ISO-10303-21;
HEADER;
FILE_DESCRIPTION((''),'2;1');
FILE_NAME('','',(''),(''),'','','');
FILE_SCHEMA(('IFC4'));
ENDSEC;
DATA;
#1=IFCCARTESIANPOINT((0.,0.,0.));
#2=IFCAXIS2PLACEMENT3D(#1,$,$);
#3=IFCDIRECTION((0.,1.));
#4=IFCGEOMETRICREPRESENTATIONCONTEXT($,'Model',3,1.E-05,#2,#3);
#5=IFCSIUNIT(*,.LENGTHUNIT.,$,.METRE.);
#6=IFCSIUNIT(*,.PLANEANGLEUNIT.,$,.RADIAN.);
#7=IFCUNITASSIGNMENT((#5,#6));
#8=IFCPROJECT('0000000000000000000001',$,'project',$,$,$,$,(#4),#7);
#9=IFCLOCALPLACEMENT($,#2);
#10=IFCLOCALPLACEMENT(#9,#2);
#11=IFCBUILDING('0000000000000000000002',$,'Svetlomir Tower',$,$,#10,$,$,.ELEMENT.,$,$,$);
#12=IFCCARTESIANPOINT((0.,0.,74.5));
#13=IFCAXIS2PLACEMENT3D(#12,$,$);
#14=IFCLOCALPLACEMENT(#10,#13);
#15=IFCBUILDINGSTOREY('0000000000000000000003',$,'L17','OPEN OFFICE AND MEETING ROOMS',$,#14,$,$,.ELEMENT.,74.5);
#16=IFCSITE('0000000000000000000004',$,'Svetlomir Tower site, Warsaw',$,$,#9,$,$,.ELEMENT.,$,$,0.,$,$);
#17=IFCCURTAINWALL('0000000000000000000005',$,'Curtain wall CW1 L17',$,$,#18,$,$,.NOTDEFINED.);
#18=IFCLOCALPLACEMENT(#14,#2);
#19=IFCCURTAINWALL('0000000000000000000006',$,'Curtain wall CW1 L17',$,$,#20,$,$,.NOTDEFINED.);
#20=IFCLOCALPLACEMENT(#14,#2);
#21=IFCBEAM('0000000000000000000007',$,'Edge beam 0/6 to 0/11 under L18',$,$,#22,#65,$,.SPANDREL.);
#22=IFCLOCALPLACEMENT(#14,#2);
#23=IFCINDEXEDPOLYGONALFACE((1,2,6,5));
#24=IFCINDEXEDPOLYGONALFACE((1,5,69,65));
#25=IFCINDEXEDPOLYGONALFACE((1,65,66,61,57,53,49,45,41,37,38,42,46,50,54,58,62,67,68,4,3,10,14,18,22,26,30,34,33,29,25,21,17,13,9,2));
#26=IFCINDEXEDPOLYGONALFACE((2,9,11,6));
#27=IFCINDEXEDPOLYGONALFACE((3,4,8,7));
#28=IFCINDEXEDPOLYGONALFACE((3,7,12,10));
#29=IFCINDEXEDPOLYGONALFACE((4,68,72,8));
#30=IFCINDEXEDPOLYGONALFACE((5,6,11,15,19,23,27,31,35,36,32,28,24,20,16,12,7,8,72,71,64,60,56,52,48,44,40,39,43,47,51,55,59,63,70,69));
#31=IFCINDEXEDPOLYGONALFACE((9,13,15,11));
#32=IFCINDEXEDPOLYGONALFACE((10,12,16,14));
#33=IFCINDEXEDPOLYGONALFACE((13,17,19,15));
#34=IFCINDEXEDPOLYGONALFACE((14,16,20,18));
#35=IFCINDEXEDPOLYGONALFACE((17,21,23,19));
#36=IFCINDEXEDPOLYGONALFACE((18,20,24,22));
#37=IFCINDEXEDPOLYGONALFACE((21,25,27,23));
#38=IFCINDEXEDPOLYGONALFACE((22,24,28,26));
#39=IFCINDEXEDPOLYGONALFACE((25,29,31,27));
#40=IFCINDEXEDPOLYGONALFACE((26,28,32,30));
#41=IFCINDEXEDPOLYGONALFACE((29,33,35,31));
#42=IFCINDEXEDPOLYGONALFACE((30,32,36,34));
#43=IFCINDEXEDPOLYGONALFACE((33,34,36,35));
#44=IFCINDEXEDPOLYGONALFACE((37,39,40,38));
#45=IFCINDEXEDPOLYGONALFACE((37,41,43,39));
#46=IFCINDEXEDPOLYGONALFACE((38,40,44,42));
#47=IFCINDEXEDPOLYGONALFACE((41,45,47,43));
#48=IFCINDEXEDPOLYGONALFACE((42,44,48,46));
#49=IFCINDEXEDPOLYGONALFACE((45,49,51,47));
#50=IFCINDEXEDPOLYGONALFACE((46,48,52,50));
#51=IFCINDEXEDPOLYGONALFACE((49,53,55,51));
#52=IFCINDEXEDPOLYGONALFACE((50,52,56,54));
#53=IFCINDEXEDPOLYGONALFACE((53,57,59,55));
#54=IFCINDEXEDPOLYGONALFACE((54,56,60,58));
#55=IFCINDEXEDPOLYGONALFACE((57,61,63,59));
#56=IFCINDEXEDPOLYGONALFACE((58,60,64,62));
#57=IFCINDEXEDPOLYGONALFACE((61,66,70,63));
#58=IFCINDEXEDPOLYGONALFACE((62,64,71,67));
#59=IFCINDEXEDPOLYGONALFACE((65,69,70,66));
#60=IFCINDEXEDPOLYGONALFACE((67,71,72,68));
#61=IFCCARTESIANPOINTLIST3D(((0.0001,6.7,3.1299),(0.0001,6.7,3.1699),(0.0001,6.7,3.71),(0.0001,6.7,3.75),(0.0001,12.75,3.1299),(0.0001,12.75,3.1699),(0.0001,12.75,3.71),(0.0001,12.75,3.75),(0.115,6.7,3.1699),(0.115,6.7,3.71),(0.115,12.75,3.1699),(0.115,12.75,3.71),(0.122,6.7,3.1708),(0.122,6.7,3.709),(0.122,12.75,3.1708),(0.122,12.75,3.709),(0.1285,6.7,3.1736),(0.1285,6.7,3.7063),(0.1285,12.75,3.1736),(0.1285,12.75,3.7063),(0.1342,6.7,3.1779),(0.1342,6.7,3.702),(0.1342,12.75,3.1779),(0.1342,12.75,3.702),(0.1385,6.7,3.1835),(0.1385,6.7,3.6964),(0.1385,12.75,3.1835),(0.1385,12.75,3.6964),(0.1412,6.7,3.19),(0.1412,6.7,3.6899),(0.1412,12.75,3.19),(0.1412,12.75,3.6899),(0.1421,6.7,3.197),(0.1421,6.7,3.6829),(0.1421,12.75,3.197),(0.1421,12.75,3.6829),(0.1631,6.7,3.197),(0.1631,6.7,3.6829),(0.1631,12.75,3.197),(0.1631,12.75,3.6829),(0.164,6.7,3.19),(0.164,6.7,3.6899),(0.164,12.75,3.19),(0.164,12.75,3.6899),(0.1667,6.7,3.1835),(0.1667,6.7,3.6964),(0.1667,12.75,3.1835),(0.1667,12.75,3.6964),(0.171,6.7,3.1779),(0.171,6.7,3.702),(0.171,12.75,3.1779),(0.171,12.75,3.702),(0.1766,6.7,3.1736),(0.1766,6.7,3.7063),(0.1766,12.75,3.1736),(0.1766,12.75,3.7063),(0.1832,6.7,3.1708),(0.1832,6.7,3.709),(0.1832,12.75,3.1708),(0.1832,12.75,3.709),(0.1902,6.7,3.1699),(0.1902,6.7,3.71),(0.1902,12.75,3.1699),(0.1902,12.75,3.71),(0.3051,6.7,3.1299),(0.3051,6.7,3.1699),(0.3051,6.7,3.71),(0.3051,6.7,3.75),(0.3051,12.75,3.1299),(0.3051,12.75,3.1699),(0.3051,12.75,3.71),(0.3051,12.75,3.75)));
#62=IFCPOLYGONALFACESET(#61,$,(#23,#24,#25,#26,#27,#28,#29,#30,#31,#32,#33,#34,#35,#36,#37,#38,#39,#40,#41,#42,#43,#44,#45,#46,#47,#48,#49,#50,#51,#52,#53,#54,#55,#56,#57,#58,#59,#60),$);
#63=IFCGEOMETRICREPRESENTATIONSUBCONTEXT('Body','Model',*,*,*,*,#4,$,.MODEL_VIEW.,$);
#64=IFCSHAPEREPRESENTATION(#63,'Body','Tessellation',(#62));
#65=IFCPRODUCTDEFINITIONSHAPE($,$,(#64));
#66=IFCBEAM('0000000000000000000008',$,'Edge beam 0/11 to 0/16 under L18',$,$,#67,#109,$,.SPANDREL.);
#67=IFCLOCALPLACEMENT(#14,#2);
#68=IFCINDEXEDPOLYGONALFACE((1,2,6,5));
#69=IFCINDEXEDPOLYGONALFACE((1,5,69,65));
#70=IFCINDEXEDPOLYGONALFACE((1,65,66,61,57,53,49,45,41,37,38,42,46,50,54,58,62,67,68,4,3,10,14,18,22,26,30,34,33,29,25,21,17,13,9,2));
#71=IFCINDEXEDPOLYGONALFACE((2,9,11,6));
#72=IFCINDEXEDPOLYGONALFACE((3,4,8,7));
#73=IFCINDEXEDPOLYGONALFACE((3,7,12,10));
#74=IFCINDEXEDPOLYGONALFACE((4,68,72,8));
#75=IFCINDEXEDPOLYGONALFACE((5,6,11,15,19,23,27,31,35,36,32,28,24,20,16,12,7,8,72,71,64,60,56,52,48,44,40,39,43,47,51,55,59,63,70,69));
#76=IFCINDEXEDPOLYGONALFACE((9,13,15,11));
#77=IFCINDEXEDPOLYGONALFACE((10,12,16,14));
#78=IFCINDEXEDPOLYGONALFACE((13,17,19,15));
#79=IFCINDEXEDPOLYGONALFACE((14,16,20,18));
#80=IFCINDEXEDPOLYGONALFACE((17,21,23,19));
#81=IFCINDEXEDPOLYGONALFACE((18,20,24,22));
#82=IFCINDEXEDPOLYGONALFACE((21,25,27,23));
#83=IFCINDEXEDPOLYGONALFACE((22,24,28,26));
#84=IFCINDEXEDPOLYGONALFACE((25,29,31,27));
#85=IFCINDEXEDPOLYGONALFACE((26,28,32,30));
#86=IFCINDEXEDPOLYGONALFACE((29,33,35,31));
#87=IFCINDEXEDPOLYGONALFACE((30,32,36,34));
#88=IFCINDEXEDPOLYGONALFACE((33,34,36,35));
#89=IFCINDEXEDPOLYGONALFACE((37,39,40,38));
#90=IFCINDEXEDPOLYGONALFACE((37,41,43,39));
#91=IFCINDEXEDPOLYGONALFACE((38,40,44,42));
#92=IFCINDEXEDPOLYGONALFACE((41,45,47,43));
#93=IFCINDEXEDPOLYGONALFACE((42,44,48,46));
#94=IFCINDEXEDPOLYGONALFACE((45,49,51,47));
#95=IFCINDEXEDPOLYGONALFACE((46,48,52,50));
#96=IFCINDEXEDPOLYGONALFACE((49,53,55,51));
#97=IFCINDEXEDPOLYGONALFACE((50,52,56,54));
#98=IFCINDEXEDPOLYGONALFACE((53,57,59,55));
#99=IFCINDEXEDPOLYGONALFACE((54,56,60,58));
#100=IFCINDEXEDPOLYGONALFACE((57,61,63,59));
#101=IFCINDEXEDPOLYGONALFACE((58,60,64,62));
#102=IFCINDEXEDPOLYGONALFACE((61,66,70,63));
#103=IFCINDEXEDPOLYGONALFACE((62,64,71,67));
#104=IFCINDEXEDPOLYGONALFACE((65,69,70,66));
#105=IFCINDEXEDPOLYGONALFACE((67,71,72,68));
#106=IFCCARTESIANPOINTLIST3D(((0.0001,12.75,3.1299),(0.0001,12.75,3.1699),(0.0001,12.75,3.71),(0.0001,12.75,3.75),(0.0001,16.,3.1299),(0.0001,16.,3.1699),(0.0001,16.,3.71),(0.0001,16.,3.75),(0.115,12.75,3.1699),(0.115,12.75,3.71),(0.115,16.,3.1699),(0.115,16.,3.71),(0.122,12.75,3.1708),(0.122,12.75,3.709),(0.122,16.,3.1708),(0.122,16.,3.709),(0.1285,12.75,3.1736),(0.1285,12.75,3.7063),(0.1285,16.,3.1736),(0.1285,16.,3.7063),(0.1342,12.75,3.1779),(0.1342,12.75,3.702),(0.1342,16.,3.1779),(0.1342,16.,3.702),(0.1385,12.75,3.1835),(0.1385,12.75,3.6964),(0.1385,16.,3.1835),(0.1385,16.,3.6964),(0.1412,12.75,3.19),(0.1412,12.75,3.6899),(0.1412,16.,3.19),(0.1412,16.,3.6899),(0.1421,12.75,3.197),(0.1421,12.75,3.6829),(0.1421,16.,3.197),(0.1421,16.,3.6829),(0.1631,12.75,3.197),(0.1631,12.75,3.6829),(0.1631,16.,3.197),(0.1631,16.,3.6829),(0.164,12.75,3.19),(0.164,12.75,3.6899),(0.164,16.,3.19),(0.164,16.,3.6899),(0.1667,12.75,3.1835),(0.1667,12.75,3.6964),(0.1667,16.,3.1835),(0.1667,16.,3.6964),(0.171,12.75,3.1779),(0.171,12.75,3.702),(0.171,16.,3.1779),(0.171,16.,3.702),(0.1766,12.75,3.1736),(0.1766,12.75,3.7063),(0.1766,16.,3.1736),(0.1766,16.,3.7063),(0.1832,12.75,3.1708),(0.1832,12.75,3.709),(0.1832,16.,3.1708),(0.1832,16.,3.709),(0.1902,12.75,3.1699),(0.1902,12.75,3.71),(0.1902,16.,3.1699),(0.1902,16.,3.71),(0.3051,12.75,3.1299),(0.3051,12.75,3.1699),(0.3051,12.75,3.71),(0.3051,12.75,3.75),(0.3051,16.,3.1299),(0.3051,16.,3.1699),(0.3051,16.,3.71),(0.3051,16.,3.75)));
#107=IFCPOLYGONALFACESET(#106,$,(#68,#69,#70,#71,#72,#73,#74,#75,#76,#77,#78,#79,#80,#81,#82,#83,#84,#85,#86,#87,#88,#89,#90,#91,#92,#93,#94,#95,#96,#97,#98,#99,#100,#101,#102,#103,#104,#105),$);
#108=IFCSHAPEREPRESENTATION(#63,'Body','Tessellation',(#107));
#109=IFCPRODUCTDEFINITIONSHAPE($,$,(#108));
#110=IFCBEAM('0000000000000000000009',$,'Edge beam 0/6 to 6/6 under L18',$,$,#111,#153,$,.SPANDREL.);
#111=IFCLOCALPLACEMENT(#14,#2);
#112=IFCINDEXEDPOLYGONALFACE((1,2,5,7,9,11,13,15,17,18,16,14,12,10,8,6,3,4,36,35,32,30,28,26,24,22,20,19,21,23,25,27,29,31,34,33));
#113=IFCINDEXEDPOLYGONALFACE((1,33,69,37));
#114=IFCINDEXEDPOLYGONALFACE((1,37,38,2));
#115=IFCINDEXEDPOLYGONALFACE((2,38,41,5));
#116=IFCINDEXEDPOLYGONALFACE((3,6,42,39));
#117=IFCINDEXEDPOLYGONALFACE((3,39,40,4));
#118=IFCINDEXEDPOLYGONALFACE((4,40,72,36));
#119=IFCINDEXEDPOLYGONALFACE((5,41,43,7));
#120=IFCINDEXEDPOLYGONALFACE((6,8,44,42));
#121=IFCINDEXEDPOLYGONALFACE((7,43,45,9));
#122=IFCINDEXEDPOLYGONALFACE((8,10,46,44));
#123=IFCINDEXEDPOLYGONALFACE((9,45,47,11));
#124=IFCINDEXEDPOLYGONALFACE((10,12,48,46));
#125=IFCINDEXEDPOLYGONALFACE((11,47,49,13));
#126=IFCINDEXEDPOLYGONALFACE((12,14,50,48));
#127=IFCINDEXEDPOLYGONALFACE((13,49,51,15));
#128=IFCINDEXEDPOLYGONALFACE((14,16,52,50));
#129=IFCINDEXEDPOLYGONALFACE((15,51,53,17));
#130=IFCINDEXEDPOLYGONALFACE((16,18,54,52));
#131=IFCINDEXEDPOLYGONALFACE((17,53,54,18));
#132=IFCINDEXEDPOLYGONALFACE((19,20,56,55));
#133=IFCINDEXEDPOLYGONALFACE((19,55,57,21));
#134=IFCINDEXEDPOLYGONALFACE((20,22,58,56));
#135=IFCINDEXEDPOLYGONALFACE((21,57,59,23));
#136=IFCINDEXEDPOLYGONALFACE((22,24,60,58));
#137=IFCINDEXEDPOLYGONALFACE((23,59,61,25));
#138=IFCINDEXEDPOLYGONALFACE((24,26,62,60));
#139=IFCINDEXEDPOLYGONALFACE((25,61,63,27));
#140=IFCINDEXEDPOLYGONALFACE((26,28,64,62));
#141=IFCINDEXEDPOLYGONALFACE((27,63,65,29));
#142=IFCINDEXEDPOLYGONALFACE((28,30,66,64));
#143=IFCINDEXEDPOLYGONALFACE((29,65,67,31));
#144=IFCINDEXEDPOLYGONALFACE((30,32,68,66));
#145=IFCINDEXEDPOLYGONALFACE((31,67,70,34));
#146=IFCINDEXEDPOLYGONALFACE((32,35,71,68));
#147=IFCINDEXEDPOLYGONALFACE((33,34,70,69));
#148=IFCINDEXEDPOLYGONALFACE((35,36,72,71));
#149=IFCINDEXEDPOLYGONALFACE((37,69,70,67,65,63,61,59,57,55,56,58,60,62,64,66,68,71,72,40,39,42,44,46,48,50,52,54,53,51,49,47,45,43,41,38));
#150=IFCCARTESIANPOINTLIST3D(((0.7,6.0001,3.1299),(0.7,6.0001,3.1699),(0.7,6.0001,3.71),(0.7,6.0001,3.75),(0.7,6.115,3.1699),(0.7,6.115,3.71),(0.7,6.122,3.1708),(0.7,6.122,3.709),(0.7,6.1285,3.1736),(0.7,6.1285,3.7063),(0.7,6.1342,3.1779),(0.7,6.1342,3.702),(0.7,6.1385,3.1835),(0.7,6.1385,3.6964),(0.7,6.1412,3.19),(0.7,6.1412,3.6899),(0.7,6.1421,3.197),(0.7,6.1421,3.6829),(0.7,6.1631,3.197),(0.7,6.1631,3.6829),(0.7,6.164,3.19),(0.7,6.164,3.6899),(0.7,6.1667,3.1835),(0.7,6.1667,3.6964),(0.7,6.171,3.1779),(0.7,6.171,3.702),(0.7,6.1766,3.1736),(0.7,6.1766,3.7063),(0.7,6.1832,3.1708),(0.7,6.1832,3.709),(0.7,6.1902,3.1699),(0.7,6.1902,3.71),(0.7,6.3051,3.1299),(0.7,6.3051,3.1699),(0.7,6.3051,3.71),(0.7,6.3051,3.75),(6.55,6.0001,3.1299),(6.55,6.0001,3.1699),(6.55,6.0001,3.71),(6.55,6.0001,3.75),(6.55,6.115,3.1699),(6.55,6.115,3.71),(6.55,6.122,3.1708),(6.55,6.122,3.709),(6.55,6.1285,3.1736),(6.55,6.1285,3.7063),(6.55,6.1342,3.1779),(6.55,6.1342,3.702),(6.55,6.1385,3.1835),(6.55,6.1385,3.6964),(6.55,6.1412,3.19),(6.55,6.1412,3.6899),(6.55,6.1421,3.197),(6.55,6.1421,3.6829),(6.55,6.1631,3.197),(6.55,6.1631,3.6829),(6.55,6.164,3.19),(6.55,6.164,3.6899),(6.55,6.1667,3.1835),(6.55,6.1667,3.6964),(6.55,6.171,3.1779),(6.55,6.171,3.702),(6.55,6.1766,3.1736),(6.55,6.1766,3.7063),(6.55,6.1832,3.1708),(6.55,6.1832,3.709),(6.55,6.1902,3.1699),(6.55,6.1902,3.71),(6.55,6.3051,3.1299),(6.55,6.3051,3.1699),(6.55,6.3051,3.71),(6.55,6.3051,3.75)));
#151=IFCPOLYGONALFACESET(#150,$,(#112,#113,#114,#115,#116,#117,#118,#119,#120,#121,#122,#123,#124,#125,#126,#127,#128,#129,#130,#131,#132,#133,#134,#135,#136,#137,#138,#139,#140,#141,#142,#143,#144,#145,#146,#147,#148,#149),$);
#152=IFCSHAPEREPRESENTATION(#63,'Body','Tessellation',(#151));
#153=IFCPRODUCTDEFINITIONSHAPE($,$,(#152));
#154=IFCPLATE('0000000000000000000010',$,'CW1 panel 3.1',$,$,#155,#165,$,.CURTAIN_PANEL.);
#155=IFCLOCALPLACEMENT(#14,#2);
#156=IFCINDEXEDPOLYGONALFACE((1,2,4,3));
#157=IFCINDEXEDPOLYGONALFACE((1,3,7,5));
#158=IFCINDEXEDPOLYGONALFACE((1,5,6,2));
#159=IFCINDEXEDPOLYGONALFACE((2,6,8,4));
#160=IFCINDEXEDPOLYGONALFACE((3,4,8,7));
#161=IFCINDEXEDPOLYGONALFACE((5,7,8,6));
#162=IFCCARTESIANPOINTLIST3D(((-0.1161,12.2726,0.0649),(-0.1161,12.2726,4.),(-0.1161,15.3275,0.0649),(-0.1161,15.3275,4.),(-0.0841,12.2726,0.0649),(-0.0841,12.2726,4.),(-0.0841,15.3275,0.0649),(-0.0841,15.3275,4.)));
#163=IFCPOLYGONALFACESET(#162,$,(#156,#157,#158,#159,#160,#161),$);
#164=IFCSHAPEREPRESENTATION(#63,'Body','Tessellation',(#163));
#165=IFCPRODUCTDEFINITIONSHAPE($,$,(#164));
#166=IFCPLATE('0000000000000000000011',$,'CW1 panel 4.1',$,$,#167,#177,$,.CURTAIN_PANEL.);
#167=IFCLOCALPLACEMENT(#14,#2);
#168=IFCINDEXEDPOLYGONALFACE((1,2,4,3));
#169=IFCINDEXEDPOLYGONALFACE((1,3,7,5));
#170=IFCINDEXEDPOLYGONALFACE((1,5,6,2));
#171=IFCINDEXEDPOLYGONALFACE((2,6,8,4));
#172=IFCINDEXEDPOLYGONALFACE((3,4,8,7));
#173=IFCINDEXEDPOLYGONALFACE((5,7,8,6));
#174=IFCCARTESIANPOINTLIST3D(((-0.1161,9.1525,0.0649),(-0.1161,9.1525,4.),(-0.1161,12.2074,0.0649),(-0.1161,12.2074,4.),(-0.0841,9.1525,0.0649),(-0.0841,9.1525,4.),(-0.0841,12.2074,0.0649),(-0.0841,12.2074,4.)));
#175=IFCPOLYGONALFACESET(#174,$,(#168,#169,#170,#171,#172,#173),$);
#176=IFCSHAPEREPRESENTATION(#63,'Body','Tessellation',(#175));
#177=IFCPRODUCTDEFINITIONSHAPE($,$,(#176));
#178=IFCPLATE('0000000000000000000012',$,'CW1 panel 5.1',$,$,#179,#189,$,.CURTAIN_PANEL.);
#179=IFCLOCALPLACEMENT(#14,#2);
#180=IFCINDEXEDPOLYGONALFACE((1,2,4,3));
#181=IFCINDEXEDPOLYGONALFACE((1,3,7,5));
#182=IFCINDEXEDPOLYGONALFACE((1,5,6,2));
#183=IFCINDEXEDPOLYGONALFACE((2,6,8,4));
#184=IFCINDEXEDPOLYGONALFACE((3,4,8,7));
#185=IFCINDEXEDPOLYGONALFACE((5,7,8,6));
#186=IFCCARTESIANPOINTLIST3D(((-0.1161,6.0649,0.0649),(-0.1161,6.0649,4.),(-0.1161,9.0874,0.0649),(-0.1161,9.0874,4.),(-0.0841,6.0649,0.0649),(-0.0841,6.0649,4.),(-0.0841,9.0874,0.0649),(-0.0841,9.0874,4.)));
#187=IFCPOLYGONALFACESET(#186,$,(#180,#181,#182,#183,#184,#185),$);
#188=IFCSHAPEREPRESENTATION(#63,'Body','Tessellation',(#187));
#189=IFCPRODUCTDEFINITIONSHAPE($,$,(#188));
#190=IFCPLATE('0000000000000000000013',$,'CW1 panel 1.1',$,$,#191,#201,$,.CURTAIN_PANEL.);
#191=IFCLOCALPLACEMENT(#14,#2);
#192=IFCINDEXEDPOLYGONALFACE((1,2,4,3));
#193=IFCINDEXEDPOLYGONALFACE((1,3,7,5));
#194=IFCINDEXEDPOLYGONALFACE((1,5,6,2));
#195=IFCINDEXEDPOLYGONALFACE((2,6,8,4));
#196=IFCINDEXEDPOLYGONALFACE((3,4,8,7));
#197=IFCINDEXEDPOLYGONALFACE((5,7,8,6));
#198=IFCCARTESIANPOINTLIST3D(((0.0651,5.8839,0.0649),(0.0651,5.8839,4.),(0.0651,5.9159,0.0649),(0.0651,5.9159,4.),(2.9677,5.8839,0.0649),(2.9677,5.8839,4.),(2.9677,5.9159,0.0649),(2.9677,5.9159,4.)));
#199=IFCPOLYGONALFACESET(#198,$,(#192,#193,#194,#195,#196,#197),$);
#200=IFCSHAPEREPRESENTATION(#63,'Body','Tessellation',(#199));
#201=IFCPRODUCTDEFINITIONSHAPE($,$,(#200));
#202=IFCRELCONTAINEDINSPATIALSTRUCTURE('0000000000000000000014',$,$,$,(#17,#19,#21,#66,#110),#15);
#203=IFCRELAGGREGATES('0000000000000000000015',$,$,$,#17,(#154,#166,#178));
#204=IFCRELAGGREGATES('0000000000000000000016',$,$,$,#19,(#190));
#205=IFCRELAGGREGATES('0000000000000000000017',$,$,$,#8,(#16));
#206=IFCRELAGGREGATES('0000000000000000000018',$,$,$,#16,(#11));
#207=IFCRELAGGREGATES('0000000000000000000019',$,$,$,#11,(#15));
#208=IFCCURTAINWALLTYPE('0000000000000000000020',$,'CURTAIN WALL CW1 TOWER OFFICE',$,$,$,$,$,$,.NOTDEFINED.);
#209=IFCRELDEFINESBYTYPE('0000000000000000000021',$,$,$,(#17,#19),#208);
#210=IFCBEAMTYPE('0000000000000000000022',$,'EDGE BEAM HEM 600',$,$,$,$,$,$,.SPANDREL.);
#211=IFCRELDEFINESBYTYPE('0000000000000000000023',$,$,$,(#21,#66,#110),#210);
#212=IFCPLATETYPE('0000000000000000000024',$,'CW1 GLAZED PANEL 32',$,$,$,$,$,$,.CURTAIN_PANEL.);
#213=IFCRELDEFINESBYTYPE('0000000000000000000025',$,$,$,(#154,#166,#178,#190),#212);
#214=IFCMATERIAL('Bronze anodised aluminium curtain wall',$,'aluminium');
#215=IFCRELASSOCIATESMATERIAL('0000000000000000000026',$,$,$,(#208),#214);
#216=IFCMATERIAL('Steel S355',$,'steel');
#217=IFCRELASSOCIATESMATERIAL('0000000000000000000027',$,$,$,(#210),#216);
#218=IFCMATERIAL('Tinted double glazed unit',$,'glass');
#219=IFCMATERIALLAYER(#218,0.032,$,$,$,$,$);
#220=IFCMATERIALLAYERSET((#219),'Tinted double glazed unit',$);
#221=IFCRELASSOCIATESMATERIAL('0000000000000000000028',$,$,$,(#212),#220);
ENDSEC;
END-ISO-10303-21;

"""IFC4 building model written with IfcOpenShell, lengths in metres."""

from ifc_helpers import new_model, si_unit, direction, frame, origin, origin_2d, place, context, subcontext, project, spatial, rectangle, i_section, extrude, material, layer, layer_set, material_profile, profile_set, type_object, element, aggregate, save


model = new_model("IFC4")

# Units and contexts
model_context = context("Model", 3, precision=1e-05, world=origin(), true_north=direction((0.0, 1.0)))
body_context = subcontext(model_context, "Body", "Model", "MODEL_VIEW")
ifc_project = project(units=[si_unit("LENGTHUNIT", "METRE"), si_unit("PLANEANGLEUNIT", "RADIAN")], contexts=[model_context])

# Site, building, storey
site_placement = place(None, origin())
site = spatial("IfcSite", under=ifc_project, at=site_placement, Name="Svetlomir Tower site, Warsaw", CompositionType="ELEMENT", RefElevation=0.0)
building_placement = place(site_placement, origin())
building = spatial("IfcBuilding", under=site, at=building_placement, Name="Svetlomir Tower", CompositionType="ELEMENT")
storey_placement = place(building_placement, frame((0.0, 0.0, 74.5)))
storey = spatial("IfcBuildingStorey", under=building, at=storey_placement, Name="L17", Description="OPEN OFFICE AND MEETING ROOMS", CompositionType="ELEMENT", Elevation=74.5)

# Curtain walls
ifc_material_1 = material(Name="Bronze anodised aluminium curtain wall", Category="aluminium")
curtain_wall_type = type_object("IfcCurtainWallType", Name="CURTAIN WALL CW1 TOWER OFFICE", PredefinedType="NOTDEFINED", material=ifc_material_1)
curtain_wall_1_placement = place(storey_placement, origin())
curtain_wall_1 = element("IfcCurtainWall", 1, at=curtain_wall_1_placement, inside=storey, type_object=curtain_wall_type, Name="Curtain wall CW1 L17", PredefinedType="NOTDEFINED")
curtain_wall_2_placement = place(storey_placement, origin())
curtain_wall_2 = element("IfcCurtainWall", 2, at=curtain_wall_2_placement, inside=storey, type_object=curtain_wall_type, Name="Curtain wall CW1 L17", PredefinedType="NOTDEFINED")

# Beams
ifc_material_2 = material(Name="Steel S355", Category="steel")
ifc_material_profile_1 = material_profile(ifc_material_2, i_section(OverallWidth=0.3049, OverallDepth=0.6201, WebThickness=0.021, FlangeThickness=0.04, FilletRadius=0.0271, at=origin_2d()), Name="HEM 600")
ifc_profile_set_1 = profile_set([ifc_material_profile_1], Name="Steel S355")
beam_type = type_object("IfcBeamType", Name="EDGE BEAM HEM 600", PredefinedType="SPANDREL", material=ifc_profile_set_1)
beam_1_placement = place(storey_placement, frame((0.1526, 6.7, 3.4399), z_axis=(0.0, 1.0, 0.0), x_axis=(-1.0, 0.0, 0.0)))
element("IfcBeam", 3, at=beam_1_placement, inside=storey, type_object=beam_type, Name="Edge beam 0/6 to 0/11 under L18", PredefinedType="SPANDREL", context=body_context, shape_type="SweptSolid", body=[
    extrude(i_section(OverallWidth=0.3049, OverallDepth=0.6201, WebThickness=0.021, FlangeThickness=0.04, FilletRadius=0.0271, at=origin_2d()), origin(), (0.0, 0.0, 1.0), 6.05),
])
beam_2_placement = place(storey_placement, frame((0.1526, 12.75, 3.4399), z_axis=(0.0, 1.0, 0.0), x_axis=(-1.0, 0.0, 0.0)))
element("IfcBeam", 4, at=beam_2_placement, inside=storey, type_object=beam_type, Name="Edge beam 0/11 to 0/16 under L18", PredefinedType="SPANDREL", context=body_context, shape_type="SweptSolid", body=[
    extrude(i_section(OverallWidth=0.3049, OverallDepth=0.6201, WebThickness=0.021, FlangeThickness=0.04, FilletRadius=0.0271, at=origin_2d()), origin(), (0.0, 0.0, 1.0), 3.25),
])
beam_3_placement = place(storey_placement, frame((0.7, 6.1526, 3.4399), z_axis=(1.0, 0.0, 0.0), x_axis=(0.0, 1.0, 0.0)))
element("IfcBeam", 5, at=beam_3_placement, inside=storey, type_object=beam_type, Name="Edge beam 0/6 to 6/6 under L18", PredefinedType="SPANDREL", context=body_context, shape_type="SweptSolid", body=[
    extrude(i_section(OverallWidth=0.3049, OverallDepth=0.6201, WebThickness=0.021, FlangeThickness=0.04, FilletRadius=0.0271, at=origin_2d()), origin(), (0.0, 0.0, 1.0), 5.8501),
])

# Plates
ifc_material_3 = material(Name="Tinted double glazed unit", Category="glass")
ifc_layer_1 = layer(ifc_material_3, 0.032)
ifc_layer_set_1 = layer_set([ifc_layer_1], Name="Tinted double glazed unit")
plate_type = type_object("IfcPlateType", Name="CW1 GLAZED PANEL 32", PredefinedType="CURTAIN_PANEL", material=ifc_layer_set_1)
plate_1_placement = place(storey_placement, frame((-0.1001, 13.8, 0.0649), z_axis=(0.0, 0.0, 1.0), x_axis=(0.0, -1.0, 0.0)))
plate_1 = element("IfcPlate", 6, at=plate_1_placement, type_object=plate_type, Name="CW1 panel 3.1", PredefinedType="CURTAIN_PANEL", context=body_context, shape_type="SweptSolid", body=[
    extrude(rectangle(XDim=3.0549, YDim=0.032, at=origin_2d()), origin(), (0.0, 0.0, 1.0), 3.9351),
])
plate_2_placement = place(storey_placement, frame((-0.1001, 10.6799, 0.0649), z_axis=(0.0, 0.0, 1.0), x_axis=(0.0, -1.0, 0.0)))
plate_2 = element("IfcPlate", 7, at=plate_2_placement, type_object=plate_type, Name="CW1 panel 4.1", PredefinedType="CURTAIN_PANEL", context=body_context, shape_type="SweptSolid", body=[
    extrude(rectangle(XDim=3.0549, YDim=0.032, at=origin_2d()), origin(), (0.0, 0.0, 1.0), 3.9351),
])
plate_3_placement = place(storey_placement, frame((-0.1001, 7.5762, 0.0649), z_axis=(0.0, 0.0, 1.0), x_axis=(0.0, -1.0, 0.0)))
plate_3 = element("IfcPlate", 8, at=plate_3_placement, type_object=plate_type, Name="CW1 panel 5.1", PredefinedType="CURTAIN_PANEL", context=body_context, shape_type="SweptSolid", body=[
    extrude(rectangle(XDim=3.0225, YDim=0.032, at=origin_2d()), origin(), (0.0, 0.0, 1.0), 3.9351),
])
aggregate(curtain_wall_1, [plate_1, plate_2, plate_3])
plate_4_placement = place(storey_placement, frame((1.5164, 5.8999, 0.0649), z_axis=(0.0, 0.0, 1.0), x_axis=(1.0, 0.0, 0.0)))
plate_4 = element("IfcPlate", 9, at=plate_4_placement, type_object=plate_type, Name="CW1 panel 1.1", PredefinedType="CURTAIN_PANEL", context=body_context, shape_type="SweptSolid", body=[
    extrude(rectangle(XDim=2.9026, YDim=0.032, at=origin_2d()), origin(), (0.0, 0.0, 1.0), 3.9351),
])
aggregate(curtain_wall_2, [plate_4])

save(model, "model.ifc")
